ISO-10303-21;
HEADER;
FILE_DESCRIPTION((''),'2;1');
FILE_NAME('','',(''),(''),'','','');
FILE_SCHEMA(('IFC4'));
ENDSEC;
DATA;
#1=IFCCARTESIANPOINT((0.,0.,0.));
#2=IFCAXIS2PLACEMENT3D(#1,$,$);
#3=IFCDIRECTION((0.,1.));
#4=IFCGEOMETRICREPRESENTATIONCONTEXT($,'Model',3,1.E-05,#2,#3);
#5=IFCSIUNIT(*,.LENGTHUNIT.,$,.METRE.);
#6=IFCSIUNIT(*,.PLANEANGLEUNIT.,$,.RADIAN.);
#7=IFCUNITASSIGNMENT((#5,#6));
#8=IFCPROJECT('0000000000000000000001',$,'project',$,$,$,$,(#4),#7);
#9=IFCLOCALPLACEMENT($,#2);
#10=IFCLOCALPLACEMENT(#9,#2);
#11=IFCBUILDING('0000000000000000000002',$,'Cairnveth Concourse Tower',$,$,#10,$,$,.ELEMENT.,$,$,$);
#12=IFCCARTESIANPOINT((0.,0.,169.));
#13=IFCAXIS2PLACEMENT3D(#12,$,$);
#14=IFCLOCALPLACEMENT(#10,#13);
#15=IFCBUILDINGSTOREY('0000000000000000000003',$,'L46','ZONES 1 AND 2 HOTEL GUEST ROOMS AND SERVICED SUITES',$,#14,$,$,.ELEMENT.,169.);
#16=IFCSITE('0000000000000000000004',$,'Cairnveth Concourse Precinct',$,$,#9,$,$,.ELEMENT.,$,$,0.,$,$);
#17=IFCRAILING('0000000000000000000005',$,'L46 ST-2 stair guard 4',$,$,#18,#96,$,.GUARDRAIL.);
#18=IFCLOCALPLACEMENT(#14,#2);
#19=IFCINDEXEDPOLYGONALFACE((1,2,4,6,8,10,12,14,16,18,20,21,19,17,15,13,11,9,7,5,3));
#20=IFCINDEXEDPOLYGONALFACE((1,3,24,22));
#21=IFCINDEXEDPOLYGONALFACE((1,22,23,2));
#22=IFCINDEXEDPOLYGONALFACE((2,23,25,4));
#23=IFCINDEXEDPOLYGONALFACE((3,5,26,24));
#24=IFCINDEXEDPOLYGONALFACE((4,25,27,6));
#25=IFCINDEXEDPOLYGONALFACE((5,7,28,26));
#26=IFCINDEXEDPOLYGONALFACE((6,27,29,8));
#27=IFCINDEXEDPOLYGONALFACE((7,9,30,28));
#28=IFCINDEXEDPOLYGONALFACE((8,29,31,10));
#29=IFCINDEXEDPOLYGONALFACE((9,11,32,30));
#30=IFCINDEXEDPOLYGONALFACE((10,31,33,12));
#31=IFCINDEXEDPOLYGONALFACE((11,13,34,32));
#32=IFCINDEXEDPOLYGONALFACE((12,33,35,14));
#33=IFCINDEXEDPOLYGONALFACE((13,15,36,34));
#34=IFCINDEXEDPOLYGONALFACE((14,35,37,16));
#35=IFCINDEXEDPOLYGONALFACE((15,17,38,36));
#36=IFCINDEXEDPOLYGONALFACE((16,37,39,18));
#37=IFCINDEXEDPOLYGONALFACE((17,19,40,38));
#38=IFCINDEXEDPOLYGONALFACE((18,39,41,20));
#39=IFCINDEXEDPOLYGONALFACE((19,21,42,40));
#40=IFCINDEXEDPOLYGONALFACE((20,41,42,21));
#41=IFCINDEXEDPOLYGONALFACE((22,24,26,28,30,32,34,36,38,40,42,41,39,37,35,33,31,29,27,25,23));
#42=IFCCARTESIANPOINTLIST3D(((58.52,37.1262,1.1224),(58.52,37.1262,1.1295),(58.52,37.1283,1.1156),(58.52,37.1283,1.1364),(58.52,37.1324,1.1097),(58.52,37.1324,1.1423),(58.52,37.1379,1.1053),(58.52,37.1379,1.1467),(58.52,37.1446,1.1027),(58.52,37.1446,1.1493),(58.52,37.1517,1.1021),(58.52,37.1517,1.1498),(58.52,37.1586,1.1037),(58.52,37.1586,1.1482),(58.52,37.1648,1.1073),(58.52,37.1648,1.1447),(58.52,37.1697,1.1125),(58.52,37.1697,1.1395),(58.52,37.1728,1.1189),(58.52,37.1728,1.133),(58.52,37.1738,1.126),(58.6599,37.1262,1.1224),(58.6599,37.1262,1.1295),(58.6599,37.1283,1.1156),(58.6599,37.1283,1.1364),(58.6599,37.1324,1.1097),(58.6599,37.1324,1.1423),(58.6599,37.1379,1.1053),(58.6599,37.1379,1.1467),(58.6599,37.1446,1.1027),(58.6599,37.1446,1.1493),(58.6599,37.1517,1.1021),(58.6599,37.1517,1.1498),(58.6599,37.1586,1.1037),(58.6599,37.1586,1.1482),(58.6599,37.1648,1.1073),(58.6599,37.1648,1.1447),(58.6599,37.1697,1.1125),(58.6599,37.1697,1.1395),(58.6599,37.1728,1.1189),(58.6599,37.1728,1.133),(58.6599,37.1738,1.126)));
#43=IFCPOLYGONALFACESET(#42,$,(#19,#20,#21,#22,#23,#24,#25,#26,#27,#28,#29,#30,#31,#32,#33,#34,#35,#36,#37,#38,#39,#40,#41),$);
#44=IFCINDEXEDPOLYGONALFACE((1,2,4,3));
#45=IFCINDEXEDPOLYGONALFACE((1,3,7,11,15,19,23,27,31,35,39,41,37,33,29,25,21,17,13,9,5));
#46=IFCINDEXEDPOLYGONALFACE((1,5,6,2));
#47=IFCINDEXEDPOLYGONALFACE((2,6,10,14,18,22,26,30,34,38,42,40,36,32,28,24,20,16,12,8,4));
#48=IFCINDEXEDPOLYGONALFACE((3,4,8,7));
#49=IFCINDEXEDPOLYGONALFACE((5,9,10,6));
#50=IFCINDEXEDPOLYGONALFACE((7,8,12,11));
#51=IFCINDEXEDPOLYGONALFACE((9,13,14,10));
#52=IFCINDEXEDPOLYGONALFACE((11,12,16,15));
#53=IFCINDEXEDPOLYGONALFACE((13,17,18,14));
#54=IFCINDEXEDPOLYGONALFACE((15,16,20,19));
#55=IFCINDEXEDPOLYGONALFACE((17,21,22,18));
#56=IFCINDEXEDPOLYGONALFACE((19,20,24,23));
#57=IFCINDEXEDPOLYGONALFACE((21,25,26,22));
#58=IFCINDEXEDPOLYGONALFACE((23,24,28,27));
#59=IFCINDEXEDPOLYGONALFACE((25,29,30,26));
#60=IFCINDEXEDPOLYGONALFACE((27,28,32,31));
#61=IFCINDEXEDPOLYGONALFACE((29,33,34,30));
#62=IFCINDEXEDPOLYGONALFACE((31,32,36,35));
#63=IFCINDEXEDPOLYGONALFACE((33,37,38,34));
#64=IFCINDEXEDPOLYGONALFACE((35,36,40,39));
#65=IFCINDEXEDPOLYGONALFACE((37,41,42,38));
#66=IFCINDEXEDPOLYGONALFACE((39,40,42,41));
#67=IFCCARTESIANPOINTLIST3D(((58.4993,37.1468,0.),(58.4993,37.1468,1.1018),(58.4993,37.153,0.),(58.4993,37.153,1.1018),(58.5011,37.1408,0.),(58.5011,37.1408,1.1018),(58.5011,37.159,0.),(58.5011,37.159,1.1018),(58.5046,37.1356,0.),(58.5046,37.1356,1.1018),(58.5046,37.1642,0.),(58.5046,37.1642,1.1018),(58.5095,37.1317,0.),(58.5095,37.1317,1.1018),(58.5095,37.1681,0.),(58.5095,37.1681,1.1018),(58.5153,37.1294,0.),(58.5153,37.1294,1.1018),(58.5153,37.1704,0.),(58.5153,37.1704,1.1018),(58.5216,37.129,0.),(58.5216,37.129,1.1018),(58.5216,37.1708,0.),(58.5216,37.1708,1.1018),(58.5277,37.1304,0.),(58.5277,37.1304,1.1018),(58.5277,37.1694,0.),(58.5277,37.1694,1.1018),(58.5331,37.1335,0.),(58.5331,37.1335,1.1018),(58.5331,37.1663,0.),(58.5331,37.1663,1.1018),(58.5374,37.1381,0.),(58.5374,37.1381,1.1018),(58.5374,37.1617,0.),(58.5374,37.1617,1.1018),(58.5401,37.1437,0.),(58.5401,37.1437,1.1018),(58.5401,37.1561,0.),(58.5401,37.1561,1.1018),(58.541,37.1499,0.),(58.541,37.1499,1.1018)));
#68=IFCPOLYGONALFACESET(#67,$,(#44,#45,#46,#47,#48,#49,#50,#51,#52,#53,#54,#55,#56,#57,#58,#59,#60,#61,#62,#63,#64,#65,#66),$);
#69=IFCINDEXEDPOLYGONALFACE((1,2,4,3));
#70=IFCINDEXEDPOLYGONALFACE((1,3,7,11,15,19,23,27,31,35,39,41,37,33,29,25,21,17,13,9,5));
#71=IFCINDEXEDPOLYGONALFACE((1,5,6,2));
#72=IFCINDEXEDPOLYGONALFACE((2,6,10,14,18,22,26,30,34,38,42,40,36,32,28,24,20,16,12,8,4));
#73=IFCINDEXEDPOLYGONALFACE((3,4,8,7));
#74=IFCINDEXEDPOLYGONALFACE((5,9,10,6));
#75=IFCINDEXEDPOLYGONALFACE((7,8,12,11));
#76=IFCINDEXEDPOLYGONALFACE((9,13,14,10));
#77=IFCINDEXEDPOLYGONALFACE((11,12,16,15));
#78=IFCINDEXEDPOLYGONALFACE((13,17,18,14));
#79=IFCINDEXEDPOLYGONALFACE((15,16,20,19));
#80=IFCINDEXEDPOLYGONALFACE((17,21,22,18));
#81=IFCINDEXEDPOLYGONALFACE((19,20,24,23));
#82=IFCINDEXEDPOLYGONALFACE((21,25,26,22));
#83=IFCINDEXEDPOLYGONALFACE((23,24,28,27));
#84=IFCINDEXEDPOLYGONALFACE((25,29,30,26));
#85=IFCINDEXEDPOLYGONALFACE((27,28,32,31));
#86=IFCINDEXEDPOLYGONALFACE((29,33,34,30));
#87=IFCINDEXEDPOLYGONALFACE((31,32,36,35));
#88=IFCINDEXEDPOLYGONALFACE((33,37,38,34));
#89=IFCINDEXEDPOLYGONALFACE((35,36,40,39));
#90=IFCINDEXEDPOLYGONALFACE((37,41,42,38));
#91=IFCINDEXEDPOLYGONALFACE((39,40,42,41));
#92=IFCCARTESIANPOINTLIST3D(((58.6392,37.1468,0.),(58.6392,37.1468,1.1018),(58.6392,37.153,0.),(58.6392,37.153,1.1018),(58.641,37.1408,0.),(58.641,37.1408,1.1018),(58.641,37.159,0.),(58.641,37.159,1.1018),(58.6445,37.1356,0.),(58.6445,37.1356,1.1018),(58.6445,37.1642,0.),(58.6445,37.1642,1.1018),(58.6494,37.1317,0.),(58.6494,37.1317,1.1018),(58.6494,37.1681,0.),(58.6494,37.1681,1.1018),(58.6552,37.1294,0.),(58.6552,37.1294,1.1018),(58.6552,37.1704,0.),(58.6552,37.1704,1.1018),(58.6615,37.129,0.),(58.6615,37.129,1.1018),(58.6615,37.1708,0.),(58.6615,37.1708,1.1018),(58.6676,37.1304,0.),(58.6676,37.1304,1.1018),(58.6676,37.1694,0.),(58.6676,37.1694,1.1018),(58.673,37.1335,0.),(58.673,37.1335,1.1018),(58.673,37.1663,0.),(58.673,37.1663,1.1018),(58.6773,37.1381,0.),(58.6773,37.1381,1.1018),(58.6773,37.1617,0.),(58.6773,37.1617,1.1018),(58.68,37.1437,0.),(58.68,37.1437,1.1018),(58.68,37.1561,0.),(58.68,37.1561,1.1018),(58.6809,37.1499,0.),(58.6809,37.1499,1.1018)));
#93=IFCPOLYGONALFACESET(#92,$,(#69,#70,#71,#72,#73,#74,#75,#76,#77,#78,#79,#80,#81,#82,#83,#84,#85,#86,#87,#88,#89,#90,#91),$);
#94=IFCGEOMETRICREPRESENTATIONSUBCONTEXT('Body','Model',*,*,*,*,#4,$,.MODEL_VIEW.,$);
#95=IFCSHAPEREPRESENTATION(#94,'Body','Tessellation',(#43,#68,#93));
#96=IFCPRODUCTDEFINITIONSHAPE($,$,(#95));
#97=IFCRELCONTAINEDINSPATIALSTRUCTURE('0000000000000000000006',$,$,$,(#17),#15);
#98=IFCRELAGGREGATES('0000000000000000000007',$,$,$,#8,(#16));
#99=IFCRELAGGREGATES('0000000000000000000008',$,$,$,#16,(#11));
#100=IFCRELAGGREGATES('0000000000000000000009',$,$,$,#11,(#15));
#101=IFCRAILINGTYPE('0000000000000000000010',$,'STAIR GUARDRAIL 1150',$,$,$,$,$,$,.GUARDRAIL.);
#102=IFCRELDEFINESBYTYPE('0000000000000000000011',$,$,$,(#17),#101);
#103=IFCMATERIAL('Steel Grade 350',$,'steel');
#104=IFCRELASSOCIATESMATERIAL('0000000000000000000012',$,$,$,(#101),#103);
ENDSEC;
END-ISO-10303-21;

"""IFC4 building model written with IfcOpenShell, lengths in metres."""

from ifc_helpers import new_model, si_unit, direction, frame, origin, origin_2d, place, context, subcontext, project, spatial, circle, extrude, material, type_object, element, save


model = new_model("IFC4")

# Units and contexts
model_context = context("Model", 3, precision=1e-05, world=origin(), true_north=direction((0.0, 1.0)))
body_context = subcontext(model_context, "Body", "Model", "MODEL_VIEW")
ifc_project = project(units=[si_unit("LENGTHUNIT", "METRE"), si_unit("PLANEANGLEUNIT", "RADIAN")], contexts=[model_context])

# Site, building, storey
site_placement = place(None, origin())
site = spatial("IfcSite", under=ifc_project, at=site_placement, Name="Cairnveth Concourse Precinct", CompositionType="ELEMENT", RefElevation=0.0)
building_placement = place(site_placement, origin())
building = spatial("IfcBuilding", under=site, at=building_placement, Name="Cairnveth Concourse Tower", CompositionType="ELEMENT")
storey_placement = place(building_placement, frame((0.0, 0.0, 169.0)))
storey = spatial("IfcBuildingStorey", under=building, at=storey_placement, Name="L46", Description="ZONES 1 AND 2 HOTEL GUEST ROOMS AND SERVICED SUITES", CompositionType="ELEMENT", Elevation=169.0)

# Shared definitions
ifc_material_1 = material(Name="Steel Grade 350", Category="steel")

# Railing
railing_type_1 = type_object("IfcRailingType", Name="STAIR GUARDRAIL 1150", PredefinedType="GUARDRAIL", material=ifc_material_1)
railing_1_placement = place(storey_placement, frame((58.52, 37.1499, 0.0)))
element("IfcRailing", 1, at=railing_1_placement, inside=storey, type_object=railing_type_1, Name="L46 ST-2 stair guard 4", PredefinedType="GUARDRAIL", context=body_context, shape_type="SweptSolid", body=[
    extrude(circle(Radius=0.0239, at=origin_2d()), frame((0.0, 0.0, 1.126), z_axis=(1.0, 0.0, 0.0), x_axis=(0.0, 1.0, 0.0)), (0.0, 0.0, 1.0), 0.1399),
    extrude(circle(Radius=0.021, at=origin_2d()), origin(), (0.0, 0.0, 1.0), 1.1018),
    extrude(circle(Radius=0.021, at=origin_2d()), frame((0.1399, 0.0, 0.0)), (0.0, 0.0, 1.0), 1.1018),
])

save(model, "model.ifc")
